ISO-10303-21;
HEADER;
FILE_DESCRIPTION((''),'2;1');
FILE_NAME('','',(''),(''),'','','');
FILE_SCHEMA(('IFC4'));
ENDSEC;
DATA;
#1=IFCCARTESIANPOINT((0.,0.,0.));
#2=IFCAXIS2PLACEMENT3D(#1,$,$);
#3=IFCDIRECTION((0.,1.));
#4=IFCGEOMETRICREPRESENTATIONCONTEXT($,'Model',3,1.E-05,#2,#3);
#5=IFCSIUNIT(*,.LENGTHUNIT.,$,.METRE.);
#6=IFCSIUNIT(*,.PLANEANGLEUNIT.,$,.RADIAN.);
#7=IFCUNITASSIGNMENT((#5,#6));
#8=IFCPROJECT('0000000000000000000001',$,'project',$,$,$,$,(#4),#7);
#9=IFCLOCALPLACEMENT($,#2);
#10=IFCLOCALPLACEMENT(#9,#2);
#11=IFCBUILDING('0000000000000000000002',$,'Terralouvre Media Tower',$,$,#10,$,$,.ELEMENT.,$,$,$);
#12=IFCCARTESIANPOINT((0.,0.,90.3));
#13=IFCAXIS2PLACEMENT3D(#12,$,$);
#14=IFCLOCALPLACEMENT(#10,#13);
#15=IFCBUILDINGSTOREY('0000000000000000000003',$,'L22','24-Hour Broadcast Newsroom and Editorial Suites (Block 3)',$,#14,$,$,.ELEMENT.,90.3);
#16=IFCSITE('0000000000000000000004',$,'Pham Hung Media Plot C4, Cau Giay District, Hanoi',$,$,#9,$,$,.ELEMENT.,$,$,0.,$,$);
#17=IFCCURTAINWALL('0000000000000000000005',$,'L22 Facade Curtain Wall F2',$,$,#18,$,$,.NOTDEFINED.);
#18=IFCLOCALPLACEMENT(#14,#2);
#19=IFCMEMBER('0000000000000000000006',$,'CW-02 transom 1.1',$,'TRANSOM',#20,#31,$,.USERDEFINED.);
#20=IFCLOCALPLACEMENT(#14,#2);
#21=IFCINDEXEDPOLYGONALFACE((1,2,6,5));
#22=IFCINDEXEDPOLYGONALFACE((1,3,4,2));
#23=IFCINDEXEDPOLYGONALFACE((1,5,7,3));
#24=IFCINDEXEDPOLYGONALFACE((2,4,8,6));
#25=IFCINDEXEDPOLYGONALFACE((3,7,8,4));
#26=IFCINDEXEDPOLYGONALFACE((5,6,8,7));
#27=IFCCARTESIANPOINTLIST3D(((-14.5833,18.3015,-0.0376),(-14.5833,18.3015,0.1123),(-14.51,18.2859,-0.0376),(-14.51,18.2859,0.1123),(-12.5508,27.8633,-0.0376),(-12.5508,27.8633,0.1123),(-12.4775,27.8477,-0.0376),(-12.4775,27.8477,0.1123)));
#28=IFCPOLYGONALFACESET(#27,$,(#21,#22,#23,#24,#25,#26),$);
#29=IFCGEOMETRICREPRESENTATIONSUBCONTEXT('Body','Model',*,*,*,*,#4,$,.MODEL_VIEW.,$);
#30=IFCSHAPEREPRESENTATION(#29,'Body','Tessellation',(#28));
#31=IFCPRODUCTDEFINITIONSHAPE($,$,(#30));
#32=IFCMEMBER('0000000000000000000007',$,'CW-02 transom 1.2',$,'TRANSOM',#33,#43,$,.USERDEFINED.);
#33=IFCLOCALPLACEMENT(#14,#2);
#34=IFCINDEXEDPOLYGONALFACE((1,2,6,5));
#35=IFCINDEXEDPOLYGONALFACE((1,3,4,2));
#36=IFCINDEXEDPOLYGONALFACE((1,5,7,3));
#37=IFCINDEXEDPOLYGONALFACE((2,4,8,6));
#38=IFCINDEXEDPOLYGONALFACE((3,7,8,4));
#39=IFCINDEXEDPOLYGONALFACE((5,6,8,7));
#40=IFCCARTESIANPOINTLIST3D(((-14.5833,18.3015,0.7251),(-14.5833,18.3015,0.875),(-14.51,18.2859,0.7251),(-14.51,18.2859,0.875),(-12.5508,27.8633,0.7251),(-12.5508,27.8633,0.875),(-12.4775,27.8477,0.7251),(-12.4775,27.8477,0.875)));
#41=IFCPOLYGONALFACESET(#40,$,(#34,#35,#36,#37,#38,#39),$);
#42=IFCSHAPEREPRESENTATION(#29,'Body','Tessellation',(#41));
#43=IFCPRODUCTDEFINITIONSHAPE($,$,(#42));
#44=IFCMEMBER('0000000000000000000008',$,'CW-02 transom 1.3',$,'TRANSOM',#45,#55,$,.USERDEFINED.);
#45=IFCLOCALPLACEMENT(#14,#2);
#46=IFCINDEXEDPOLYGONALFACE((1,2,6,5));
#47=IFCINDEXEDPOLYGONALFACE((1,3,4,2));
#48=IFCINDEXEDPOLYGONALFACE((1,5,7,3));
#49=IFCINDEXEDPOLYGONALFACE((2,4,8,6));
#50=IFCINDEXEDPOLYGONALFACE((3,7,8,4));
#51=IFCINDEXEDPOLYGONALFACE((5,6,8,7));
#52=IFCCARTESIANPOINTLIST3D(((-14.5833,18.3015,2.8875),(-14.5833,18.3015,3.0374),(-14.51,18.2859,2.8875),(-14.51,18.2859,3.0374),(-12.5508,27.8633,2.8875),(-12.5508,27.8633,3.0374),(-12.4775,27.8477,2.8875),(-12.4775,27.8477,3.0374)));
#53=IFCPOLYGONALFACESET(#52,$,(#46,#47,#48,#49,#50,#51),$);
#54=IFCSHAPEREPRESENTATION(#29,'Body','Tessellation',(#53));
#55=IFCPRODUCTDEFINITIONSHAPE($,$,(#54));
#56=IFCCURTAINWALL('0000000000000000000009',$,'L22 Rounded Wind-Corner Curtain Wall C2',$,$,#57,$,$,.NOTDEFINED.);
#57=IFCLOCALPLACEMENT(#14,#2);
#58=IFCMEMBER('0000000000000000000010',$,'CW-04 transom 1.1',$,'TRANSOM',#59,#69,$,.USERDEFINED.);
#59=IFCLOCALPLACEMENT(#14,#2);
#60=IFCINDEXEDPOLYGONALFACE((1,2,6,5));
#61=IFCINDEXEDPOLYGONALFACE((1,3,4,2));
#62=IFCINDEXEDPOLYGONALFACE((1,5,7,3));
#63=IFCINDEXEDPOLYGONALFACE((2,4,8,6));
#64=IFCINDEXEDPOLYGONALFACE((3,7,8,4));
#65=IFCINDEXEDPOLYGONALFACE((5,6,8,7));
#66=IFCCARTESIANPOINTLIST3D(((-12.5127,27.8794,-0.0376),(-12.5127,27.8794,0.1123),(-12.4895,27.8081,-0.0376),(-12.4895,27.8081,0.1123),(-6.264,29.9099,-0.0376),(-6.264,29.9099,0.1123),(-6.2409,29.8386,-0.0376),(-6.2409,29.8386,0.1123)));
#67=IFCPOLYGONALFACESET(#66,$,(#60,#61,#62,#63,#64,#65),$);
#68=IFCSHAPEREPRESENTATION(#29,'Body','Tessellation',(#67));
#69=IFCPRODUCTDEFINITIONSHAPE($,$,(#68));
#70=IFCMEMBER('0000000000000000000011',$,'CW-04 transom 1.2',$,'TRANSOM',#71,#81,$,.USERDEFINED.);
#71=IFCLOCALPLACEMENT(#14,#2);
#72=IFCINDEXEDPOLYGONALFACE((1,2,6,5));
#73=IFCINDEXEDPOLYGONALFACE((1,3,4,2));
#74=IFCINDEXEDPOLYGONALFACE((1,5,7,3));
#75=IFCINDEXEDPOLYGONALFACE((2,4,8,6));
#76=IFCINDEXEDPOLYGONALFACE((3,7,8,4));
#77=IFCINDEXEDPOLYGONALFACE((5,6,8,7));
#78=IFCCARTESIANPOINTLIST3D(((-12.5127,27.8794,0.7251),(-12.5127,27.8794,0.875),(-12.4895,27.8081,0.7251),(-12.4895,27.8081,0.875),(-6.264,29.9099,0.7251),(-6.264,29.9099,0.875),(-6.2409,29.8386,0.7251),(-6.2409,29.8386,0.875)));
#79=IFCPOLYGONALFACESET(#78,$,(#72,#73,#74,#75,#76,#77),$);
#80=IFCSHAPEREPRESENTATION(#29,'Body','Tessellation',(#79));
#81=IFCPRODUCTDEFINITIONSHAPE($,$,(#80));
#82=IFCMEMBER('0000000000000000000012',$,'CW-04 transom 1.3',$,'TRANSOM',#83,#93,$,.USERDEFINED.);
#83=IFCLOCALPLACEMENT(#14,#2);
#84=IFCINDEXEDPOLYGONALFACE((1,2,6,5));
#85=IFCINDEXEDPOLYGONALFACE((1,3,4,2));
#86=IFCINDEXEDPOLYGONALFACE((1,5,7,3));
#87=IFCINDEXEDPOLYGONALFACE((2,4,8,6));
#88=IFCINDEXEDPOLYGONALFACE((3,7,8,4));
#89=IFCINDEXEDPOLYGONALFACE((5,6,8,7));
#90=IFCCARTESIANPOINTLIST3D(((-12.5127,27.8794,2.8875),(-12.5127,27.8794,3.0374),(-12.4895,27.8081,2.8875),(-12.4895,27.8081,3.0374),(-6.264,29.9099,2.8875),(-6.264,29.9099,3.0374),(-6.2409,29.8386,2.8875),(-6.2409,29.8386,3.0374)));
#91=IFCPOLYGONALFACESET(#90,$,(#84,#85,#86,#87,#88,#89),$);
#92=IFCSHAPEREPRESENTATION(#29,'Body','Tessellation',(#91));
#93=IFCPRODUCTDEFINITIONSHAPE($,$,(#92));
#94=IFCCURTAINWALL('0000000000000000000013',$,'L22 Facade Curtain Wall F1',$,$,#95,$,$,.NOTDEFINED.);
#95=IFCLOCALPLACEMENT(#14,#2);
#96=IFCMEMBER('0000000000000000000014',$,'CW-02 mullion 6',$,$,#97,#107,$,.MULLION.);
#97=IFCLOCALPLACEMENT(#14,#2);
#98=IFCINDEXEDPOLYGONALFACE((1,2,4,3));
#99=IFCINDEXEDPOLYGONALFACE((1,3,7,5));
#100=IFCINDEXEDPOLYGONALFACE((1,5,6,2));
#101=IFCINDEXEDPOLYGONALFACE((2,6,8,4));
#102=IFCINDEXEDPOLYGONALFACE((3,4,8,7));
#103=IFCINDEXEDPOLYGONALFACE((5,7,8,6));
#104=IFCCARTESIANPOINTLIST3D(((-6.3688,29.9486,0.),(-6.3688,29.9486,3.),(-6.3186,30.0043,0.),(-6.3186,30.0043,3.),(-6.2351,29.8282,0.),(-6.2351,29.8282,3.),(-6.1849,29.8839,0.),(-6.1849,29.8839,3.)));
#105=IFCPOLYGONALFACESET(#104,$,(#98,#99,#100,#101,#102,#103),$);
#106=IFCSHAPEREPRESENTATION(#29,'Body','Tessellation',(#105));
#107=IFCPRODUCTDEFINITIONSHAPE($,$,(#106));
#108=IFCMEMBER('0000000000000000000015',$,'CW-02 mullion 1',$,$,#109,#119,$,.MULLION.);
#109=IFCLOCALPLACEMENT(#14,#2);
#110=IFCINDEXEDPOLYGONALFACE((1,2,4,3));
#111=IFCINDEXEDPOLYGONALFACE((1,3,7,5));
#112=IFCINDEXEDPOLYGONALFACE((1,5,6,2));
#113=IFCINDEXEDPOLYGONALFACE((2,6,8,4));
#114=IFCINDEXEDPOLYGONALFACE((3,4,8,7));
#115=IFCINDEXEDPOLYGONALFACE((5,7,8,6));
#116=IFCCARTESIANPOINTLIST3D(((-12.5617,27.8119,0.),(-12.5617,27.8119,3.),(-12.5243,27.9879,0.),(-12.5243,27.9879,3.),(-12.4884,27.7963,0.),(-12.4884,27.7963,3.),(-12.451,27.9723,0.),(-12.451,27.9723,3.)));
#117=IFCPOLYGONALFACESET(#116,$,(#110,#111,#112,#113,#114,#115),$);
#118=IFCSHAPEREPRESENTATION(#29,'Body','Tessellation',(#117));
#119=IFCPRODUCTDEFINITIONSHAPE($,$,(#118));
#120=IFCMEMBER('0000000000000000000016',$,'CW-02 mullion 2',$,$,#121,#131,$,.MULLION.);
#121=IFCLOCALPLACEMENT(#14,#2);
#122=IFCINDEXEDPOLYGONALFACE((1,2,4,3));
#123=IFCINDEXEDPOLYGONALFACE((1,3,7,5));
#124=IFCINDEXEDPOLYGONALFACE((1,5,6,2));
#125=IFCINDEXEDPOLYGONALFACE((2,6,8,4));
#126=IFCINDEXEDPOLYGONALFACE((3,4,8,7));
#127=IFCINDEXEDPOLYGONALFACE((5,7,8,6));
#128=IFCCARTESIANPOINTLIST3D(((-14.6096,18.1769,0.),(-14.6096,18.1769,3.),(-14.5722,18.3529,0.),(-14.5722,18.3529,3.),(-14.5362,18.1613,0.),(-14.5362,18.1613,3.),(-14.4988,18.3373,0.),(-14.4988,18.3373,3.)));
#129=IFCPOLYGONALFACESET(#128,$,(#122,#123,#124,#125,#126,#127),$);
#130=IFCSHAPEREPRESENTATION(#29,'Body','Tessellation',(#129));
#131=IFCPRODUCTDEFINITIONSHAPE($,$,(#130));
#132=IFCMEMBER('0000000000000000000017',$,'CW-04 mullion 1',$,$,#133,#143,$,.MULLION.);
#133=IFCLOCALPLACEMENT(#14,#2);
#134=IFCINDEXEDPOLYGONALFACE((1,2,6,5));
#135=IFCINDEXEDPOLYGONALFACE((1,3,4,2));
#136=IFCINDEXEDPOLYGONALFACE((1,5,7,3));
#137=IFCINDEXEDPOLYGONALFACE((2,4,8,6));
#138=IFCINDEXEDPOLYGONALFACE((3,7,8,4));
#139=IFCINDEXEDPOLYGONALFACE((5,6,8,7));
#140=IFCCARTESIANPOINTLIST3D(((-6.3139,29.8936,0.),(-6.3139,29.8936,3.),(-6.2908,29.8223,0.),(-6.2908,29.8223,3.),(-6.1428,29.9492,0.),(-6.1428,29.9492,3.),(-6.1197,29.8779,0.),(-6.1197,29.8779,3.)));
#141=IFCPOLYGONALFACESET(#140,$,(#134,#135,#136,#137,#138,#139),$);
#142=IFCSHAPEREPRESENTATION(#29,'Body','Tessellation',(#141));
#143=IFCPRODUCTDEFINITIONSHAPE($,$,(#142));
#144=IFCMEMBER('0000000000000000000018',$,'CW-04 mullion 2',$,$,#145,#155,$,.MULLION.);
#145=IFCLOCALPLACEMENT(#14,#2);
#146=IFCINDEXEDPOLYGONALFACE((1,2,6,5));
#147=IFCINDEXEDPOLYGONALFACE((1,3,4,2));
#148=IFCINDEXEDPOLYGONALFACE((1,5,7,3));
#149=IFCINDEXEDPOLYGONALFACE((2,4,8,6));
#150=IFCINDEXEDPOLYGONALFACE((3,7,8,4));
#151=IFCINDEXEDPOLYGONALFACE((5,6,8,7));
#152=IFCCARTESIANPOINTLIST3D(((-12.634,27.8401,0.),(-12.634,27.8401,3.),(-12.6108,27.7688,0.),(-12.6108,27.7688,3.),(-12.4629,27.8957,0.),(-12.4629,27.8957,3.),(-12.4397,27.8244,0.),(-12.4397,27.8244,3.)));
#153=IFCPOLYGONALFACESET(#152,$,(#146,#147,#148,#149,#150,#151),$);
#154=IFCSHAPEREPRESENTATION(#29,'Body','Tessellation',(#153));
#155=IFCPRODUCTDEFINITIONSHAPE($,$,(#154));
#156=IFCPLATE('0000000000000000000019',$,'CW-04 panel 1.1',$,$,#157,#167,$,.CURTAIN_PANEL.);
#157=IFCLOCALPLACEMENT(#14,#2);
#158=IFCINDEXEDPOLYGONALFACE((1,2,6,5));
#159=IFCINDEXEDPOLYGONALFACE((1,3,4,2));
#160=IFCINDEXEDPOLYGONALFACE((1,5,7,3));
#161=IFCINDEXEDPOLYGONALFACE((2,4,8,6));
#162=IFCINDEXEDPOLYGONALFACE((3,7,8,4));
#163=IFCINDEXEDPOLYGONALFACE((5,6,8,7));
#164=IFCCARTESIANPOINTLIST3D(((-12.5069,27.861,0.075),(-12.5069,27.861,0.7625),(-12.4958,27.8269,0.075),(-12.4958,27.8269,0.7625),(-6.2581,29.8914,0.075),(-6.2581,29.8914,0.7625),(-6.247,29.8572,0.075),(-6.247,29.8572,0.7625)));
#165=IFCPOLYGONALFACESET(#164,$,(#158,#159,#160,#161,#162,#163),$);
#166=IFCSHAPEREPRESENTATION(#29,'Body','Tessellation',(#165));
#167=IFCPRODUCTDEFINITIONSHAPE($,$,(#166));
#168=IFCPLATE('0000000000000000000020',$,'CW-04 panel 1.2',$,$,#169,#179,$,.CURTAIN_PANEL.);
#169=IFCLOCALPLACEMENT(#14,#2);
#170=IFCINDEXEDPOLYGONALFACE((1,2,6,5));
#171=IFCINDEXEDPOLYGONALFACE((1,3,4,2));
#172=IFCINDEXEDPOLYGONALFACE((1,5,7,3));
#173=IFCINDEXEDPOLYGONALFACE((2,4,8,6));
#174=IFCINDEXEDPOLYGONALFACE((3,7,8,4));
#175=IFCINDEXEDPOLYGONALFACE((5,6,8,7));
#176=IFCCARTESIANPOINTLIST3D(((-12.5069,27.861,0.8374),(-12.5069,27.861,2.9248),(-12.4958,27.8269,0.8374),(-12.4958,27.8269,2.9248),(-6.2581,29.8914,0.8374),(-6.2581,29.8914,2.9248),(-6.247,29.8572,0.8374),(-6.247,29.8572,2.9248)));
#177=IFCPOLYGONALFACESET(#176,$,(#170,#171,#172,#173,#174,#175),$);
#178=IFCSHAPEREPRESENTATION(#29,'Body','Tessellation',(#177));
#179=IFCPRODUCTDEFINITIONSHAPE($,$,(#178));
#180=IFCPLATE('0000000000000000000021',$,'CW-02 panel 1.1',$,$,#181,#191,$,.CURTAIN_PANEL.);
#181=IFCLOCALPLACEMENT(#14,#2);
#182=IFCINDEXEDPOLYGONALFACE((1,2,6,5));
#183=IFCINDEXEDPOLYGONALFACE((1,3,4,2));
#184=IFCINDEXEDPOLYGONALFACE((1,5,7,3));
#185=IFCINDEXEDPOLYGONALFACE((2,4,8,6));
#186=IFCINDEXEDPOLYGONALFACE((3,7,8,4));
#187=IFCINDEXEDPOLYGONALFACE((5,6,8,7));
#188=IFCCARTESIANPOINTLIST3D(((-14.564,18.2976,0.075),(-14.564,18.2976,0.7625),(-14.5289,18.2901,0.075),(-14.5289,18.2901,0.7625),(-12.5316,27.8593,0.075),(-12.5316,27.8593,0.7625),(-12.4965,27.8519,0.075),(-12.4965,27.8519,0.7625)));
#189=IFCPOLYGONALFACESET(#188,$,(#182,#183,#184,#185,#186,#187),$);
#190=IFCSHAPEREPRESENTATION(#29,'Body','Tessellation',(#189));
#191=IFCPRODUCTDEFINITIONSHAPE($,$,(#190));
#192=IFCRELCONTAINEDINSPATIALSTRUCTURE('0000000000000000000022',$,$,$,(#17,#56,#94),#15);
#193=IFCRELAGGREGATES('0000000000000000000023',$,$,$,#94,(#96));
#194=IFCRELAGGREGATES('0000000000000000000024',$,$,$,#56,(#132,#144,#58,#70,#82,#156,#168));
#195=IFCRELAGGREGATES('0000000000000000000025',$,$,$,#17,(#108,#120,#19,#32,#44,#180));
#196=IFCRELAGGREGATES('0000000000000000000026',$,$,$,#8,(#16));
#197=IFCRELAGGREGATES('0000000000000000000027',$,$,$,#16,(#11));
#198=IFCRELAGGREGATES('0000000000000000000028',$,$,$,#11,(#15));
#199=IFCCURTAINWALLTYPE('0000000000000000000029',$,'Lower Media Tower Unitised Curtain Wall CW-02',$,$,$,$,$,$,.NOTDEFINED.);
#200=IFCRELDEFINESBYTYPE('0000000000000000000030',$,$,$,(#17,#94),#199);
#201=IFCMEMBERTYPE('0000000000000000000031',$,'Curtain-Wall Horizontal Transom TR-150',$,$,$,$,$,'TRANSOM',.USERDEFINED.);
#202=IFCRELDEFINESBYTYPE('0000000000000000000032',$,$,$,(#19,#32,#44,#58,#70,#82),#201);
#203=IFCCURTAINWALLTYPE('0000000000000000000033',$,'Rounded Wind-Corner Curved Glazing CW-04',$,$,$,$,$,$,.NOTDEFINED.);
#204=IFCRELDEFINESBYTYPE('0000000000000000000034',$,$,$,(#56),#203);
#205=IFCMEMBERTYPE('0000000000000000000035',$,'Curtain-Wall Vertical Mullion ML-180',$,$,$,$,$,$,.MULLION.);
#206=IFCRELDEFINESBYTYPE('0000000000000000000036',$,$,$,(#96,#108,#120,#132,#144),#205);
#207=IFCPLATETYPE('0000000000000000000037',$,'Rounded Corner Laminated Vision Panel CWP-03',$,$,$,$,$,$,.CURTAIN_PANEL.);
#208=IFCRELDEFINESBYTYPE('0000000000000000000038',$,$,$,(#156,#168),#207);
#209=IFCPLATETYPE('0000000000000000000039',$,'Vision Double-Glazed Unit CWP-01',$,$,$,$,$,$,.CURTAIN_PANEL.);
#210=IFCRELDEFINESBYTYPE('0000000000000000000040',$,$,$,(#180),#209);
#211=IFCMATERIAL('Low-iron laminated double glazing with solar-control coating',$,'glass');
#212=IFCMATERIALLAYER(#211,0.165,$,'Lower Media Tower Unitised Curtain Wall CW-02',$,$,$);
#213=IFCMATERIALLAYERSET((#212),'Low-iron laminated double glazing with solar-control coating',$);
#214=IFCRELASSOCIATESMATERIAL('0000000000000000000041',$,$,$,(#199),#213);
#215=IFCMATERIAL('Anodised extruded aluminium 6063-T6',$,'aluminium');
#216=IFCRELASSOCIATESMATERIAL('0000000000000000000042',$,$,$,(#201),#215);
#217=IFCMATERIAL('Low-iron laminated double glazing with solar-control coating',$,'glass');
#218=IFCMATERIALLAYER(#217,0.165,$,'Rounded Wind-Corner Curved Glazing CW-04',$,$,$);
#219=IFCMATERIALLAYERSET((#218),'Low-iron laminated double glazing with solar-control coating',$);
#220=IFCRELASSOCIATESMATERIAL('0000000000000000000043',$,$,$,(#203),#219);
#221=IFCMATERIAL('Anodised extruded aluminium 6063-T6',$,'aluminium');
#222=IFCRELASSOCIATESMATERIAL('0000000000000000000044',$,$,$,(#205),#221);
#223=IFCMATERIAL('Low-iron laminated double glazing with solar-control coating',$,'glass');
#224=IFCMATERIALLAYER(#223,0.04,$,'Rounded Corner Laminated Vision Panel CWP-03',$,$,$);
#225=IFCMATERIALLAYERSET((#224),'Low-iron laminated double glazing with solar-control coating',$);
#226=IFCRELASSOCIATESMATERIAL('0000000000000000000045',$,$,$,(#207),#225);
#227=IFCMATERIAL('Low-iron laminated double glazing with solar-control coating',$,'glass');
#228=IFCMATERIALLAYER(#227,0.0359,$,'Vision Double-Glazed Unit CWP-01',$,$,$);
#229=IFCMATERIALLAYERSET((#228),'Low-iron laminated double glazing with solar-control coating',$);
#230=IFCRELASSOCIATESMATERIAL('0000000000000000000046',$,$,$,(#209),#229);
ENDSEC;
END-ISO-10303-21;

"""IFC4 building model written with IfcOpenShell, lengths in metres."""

from ifc_helpers import new_model, si_unit, direction, frame, origin, origin_2d, place, context, subcontext, project, spatial, rectangle, extrude, material, layer, layer_set, material_profile, profile_set, type_object, element, aggregate, save


model = new_model("IFC4")

# Units and contexts
model_context = context("Model", 3, precision=1e-05, world=origin(), true_north=direction((0.0, 1.0)))
body_context = subcontext(model_context, "Body", "Model", "MODEL_VIEW")
ifc_project = project(units=[si_unit("LENGTHUNIT", "METRE"), si_unit("PLANEANGLEUNIT", "RADIAN")], contexts=[model_context])

# Site, building, storey
site_placement = place(None, origin())
site = spatial("IfcSite", under=ifc_project, at=site_placement, Name="Pham Hung Media Plot C4, Cau Giay District, Hanoi", CompositionType="ELEMENT", RefElevation=0.0)
building_placement = place(site_placement, origin())
building = spatial("IfcBuilding", under=site, at=building_placement, Name="Terralouvre Media Tower", CompositionType="ELEMENT")
storey_placement = place(building_placement, frame((0.0, 0.0, 90.3)))
storey = spatial("IfcBuildingStorey", under=building, at=storey_placement, Name="L22", Description="24-Hour Broadcast Newsroom and Editorial Suites (Block 3)", CompositionType="ELEMENT", Elevation=90.3)

# Curtain walls, members
ifc_material_1 = material(Name="Low-iron laminated double glazing with solar-control coating", Category="glass")
ifc_layer_1 = layer(ifc_material_1, 0.165, Name="Lower Media Tower Unitised Curtain Wall CW-02")
ifc_layer_set_1 = layer_set([ifc_layer_1], Name="Low-iron laminated double glazing with solar-control coating")
curtain_wall_type_1 = type_object("IfcCurtainWallType", Name="Lower Media Tower Unitised Curtain Wall CW-02", PredefinedType="NOTDEFINED", material=ifc_layer_set_1)
curtain_wall_1_placement = place(storey_placement, origin())
curtain_wall_1 = element("IfcCurtainWall", 1, at=curtain_wall_1_placement, inside=storey, type_object=curtain_wall_type_1, Name="L22 Facade Curtain Wall F2", PredefinedType="NOTDEFINED")
ifc_material_2 = material(Name="Anodised extruded aluminium 6063-T6", Category="aluminium")
ifc_material_profile_1 = material_profile(ifc_material_2, rectangle(XDim=0.075, YDim=0.1499, at=origin_2d()), Name="ALU 75x150")
ifc_profile_set_1 = profile_set([ifc_material_profile_1], Name="Anodised extruded aluminium 6063-T6")
member_type_1 = type_object("IfcMemberType", Name="Curtain-Wall Horizontal Transom TR-150", ElementType="TRANSOM", PredefinedType="USERDEFINED", material=ifc_profile_set_1)
member_1_placement = place(storey_placement, frame((-12.5142, 27.8555, 0.0374), z_axis=(-0.207917, -0.978146, 0.0), x_axis=(0.978146, -0.207917, 0.0)))
member_1 = element("IfcMember", 2, at=member_1_placement, type_object=member_type_1, Name="CW-02 transom 1.1", ObjectType="TRANSOM", PredefinedType="USERDEFINED", context=body_context, shape_type="SweptSolid", body=[
    extrude(rectangle(XDim=0.075, YDim=0.1499, at=origin_2d()), origin(), (0.0, 0.0, 1.0), 9.7754),
])
member_2_placement = place(storey_placement, frame((-12.5142, 27.8555, 0.8), z_axis=(-0.207917, -0.978146, 0.0), x_axis=(0.978146, -0.207917, 0.0)))
member_2 = element("IfcMember", 3, at=member_2_placement, type_object=member_type_1, Name="CW-02 transom 1.2", ObjectType="TRANSOM", PredefinedType="USERDEFINED", context=body_context, shape_type="SweptSolid", body=[
    extrude(rectangle(XDim=0.075, YDim=0.1499, at=origin_2d()), origin(), (0.0, 0.0, 1.0), 9.7754),
])
member_3_placement = place(storey_placement, frame((-12.5142, 27.8555, 2.9624), z_axis=(-0.207917, -0.978146, 0.0), x_axis=(0.978146, -0.207917, 0.0)))
member_3 = element("IfcMember", 4, at=member_3_placement, type_object=member_type_1, Name="CW-02 transom 1.3", ObjectType="TRANSOM", PredefinedType="USERDEFINED", context=body_context, shape_type="SweptSolid", body=[
    extrude(rectangle(XDim=0.075, YDim=0.1499, at=origin_2d()), origin(), (0.0, 0.0, 1.0), 9.7754),
])
ifc_material_3 = material(Name="Low-iron laminated double glazing with solar-control coating", Category="glass")
ifc_layer_2 = layer(ifc_material_3, 0.165, Name="Rounded Wind-Corner Curved Glazing CW-04")
ifc_layer_set_2 = layer_set([ifc_layer_2], Name="Low-iron laminated double glazing with solar-control coating")
curtain_wall_type_2 = type_object("IfcCurtainWallType", Name="Rounded Wind-Corner Curved Glazing CW-04", PredefinedType="NOTDEFINED", material=ifc_layer_set_2)
curtain_wall_2_placement = place(storey_placement, origin())
curtain_wall_2 = element("IfcCurtainWall", 5, at=curtain_wall_2_placement, inside=storey, type_object=curtain_wall_type_2, Name="L22 Rounded Wind-Corner Curtain Wall C2", PredefinedType="NOTDEFINED")
member_4_placement = place(storey_placement, frame((-6.2524, 29.8743, 0.0374), z_axis=(-0.951049, -0.30904, 0.0), x_axis=(0.30904, -0.951049, 0.0)))
member_4 = element("IfcMember", 6, at=member_4_placement, type_object=member_type_1, Name="CW-04 transom 1.1", ObjectType="TRANSOM", PredefinedType="USERDEFINED", context=body_context, shape_type="SweptSolid", body=[
    extrude(rectangle(XDim=0.075, YDim=0.1499, at=origin_2d()), origin(), (0.0, 0.0, 1.0), 6.5703),
])
member_5_placement = place(storey_placement, frame((-6.2524, 29.8743, 0.8), z_axis=(-0.951049, -0.30904, 0.0), x_axis=(0.30904, -0.951049, 0.0)))
member_5 = element("IfcMember", 7, at=member_5_placement, type_object=member_type_1, Name="CW-04 transom 1.2", ObjectType="TRANSOM", PredefinedType="USERDEFINED", context=body_context, shape_type="SweptSolid", body=[
    extrude(rectangle(XDim=0.075, YDim=0.1499, at=origin_2d()), origin(), (0.0, 0.0, 1.0), 6.5703),
])
member_6_placement = place(storey_placement, frame((-6.2524, 29.8743, 2.9624), z_axis=(-0.951049, -0.30904, 0.0), x_axis=(0.30904, -0.951049, 0.0)))
member_6 = element("IfcMember", 8, at=member_6_placement, type_object=member_type_1, Name="CW-04 transom 1.3", ObjectType="TRANSOM", PredefinedType="USERDEFINED", context=body_context, shape_type="SweptSolid", body=[
    extrude(rectangle(XDim=0.075, YDim=0.1499, at=origin_2d()), origin(), (0.0, 0.0, 1.0), 6.5703),
])

# Curtain wall, member
curtain_wall_3_placement = place(storey_placement, origin())
curtain_wall_3 = element("IfcCurtainWall", 9, at=curtain_wall_3_placement, inside=storey, type_object=curtain_wall_type_1, Name="L22 Facade Curtain Wall F1", PredefinedType="NOTDEFINED")
ifc_material_4 = material(Name="Anodised extruded aluminium 6063-T6", Category="aluminium")
ifc_material_profile_2 = material_profile(ifc_material_4, rectangle(XDim=0.075, YDim=0.1799, at=origin_2d()), Name="ALU 75x180")
ifc_profile_set_2 = profile_set([ifc_material_profile_2], Name="Anodised extruded aluminium 6063-T6")
member_type_2 = type_object("IfcMemberType", Name="Curtain-Wall Vertical Mullion ML-180", PredefinedType="MULLION", material=ifc_profile_set_2)
member_7_placement = place(storey_placement, frame((-6.2769, 29.9163, 0.0), z_axis=(0.0, 0.0, 1.0), x_axis=(-0.669131, -0.743145, 0.0)))
member_7 = element("IfcMember", 10, at=member_7_placement, type_object=member_type_2, Name="CW-02 mullion 6", PredefinedType="MULLION", context=body_context, shape_type="SweptSolid", body=[
    extrude(rectangle(XDim=0.075, YDim=0.1799, at=origin_2d()), origin(), (0.0, 0.0, 1.0), 3.0),
])
aggregate(curtain_wall_3, [member_7])

# Members
member_8_placement = place(storey_placement, frame((-12.5063, 27.8921, 0.0), z_axis=(0.0, 0.0, 1.0), x_axis=(0.978148, -0.207912, 0.0)))
member_8 = element("IfcMember", 11, at=member_8_placement, type_object=member_type_2, Name="CW-02 mullion 1", PredefinedType="MULLION", context=body_context, shape_type="SweptSolid", body=[
    extrude(rectangle(XDim=0.075, YDim=0.1799, at=origin_2d()), origin(), (0.0, 0.0, 1.0), 3.0),
])
member_9_placement = place(storey_placement, frame((-14.5542, 18.2571, 0.0), z_axis=(0.0, 0.0, 1.0), x_axis=(0.978148, -0.207912, 0.0)))
member_9 = element("IfcMember", 12, at=member_9_placement, type_object=member_type_2, Name="CW-02 mullion 2", PredefinedType="MULLION", context=body_context, shape_type="SweptSolid", body=[
    extrude(rectangle(XDim=0.075, YDim=0.1799, at=origin_2d()), origin(), (0.0, 0.0, 1.0), 3.0),
])
member_10_placement = place(storey_placement, frame((-6.2168, 29.8857, 0.0), z_axis=(0.0, 0.0, 1.0), x_axis=(0.309018, -0.951056, 0.0)))
member_10 = element("IfcMember", 13, at=member_10_placement, type_object=member_type_2, Name="CW-04 mullion 1", PredefinedType="MULLION", context=body_context, shape_type="SweptSolid", body=[
    extrude(rectangle(XDim=0.075, YDim=0.1799, at=origin_2d()), origin(), (0.0, 0.0, 1.0), 3.0),
])
member_11_placement = place(storey_placement, frame((-12.5369, 27.8323, 0.0), z_axis=(0.0, 0.0, 1.0), x_axis=(0.309018, -0.951056, 0.0)))
member_11 = element("IfcMember", 14, at=member_11_placement, type_object=member_type_2, Name="CW-04 mullion 2", PredefinedType="MULLION", context=body_context, shape_type="SweptSolid", body=[
    extrude(rectangle(XDim=0.075, YDim=0.1799, at=origin_2d()), origin(), (0.0, 0.0, 1.0), 3.0),
])

# Plates
ifc_material_5 = material(Name="Low-iron laminated double glazing with solar-control coating", Category="glass")
ifc_layer_3 = layer(ifc_material_5, 0.04, Name="Rounded Corner Laminated Vision Panel CWP-03")
ifc_layer_set_3 = layer_set([ifc_layer_3], Name="Low-iron laminated double glazing with solar-control coating")
plate_type_1 = type_object("IfcPlateType", Name="Rounded Corner Laminated Vision Panel CWP-03", PredefinedType="CURTAIN_PANEL", material=ifc_layer_set_3)
plate_1_placement = place(storey_placement, frame((-9.377, 28.8591, 0.075), z_axis=(0.0, 0.0, 1.0), x_axis=(-0.951056, -0.309018, 0.0)))
plate_1 = element("IfcPlate", 15, at=plate_1_placement, type_object=plate_type_1, Name="CW-04 panel 1.1", PredefinedType="CURTAIN_PANEL", context=body_context, shape_type="SweptSolid", body=[
    extrude(rectangle(XDim=6.5703, YDim=0.0359, at=origin_2d()), origin(), (0.0, 0.0, 1.0), 0.6875),
])
plate_2_placement = place(storey_placement, frame((-9.377, 28.8591, 0.8374), z_axis=(0.0, 0.0, 1.0), x_axis=(-0.951056, -0.309018, 0.0)))
plate_2 = element("IfcPlate", 16, at=plate_2_placement, type_object=plate_type_1, Name="CW-04 panel 1.2", PredefinedType="CURTAIN_PANEL", context=body_context, shape_type="SweptSolid", body=[
    extrude(rectangle(XDim=6.5703, YDim=0.0359, at=origin_2d()), origin(), (0.0, 0.0, 1.0), 2.0874),
])
aggregate(curtain_wall_2, [member_10, member_11, member_4, member_5, member_6, plate_1, plate_2])
ifc_material_6 = material(Name="Low-iron laminated double glazing with solar-control coating", Category="glass")
ifc_layer_4 = layer(ifc_material_6, 0.0359, Name="Vision Double-Glazed Unit CWP-01")
ifc_layer_set_4 = layer_set([ifc_layer_4], Name="Low-iron laminated double glazing with solar-control coating")
plate_type_2 = type_object("IfcPlateType", Name="Vision Double-Glazed Unit CWP-01", PredefinedType="CURTAIN_PANEL", material=ifc_layer_set_4)
plate_3_placement = place(storey_placement, frame((-13.5303, 23.0747, 0.075), z_axis=(0.0, 0.0, 1.0), x_axis=(-0.207912, -0.978148, 0.0)))
plate_3 = element("IfcPlate", 17, at=plate_3_placement, type_object=plate_type_2, Name="CW-02 panel 1.1", PredefinedType="CURTAIN_PANEL", context=body_context, shape_type="SweptSolid", body=[
    extrude(rectangle(XDim=9.7754, YDim=0.0359, at=origin_2d()), origin(), (0.0, 0.0, 1.0), 0.6875),
])
aggregate(curtain_wall_1, [member_8, member_9, member_1, member_2, member_3, plate_3])

save(model, "model.ifc")
